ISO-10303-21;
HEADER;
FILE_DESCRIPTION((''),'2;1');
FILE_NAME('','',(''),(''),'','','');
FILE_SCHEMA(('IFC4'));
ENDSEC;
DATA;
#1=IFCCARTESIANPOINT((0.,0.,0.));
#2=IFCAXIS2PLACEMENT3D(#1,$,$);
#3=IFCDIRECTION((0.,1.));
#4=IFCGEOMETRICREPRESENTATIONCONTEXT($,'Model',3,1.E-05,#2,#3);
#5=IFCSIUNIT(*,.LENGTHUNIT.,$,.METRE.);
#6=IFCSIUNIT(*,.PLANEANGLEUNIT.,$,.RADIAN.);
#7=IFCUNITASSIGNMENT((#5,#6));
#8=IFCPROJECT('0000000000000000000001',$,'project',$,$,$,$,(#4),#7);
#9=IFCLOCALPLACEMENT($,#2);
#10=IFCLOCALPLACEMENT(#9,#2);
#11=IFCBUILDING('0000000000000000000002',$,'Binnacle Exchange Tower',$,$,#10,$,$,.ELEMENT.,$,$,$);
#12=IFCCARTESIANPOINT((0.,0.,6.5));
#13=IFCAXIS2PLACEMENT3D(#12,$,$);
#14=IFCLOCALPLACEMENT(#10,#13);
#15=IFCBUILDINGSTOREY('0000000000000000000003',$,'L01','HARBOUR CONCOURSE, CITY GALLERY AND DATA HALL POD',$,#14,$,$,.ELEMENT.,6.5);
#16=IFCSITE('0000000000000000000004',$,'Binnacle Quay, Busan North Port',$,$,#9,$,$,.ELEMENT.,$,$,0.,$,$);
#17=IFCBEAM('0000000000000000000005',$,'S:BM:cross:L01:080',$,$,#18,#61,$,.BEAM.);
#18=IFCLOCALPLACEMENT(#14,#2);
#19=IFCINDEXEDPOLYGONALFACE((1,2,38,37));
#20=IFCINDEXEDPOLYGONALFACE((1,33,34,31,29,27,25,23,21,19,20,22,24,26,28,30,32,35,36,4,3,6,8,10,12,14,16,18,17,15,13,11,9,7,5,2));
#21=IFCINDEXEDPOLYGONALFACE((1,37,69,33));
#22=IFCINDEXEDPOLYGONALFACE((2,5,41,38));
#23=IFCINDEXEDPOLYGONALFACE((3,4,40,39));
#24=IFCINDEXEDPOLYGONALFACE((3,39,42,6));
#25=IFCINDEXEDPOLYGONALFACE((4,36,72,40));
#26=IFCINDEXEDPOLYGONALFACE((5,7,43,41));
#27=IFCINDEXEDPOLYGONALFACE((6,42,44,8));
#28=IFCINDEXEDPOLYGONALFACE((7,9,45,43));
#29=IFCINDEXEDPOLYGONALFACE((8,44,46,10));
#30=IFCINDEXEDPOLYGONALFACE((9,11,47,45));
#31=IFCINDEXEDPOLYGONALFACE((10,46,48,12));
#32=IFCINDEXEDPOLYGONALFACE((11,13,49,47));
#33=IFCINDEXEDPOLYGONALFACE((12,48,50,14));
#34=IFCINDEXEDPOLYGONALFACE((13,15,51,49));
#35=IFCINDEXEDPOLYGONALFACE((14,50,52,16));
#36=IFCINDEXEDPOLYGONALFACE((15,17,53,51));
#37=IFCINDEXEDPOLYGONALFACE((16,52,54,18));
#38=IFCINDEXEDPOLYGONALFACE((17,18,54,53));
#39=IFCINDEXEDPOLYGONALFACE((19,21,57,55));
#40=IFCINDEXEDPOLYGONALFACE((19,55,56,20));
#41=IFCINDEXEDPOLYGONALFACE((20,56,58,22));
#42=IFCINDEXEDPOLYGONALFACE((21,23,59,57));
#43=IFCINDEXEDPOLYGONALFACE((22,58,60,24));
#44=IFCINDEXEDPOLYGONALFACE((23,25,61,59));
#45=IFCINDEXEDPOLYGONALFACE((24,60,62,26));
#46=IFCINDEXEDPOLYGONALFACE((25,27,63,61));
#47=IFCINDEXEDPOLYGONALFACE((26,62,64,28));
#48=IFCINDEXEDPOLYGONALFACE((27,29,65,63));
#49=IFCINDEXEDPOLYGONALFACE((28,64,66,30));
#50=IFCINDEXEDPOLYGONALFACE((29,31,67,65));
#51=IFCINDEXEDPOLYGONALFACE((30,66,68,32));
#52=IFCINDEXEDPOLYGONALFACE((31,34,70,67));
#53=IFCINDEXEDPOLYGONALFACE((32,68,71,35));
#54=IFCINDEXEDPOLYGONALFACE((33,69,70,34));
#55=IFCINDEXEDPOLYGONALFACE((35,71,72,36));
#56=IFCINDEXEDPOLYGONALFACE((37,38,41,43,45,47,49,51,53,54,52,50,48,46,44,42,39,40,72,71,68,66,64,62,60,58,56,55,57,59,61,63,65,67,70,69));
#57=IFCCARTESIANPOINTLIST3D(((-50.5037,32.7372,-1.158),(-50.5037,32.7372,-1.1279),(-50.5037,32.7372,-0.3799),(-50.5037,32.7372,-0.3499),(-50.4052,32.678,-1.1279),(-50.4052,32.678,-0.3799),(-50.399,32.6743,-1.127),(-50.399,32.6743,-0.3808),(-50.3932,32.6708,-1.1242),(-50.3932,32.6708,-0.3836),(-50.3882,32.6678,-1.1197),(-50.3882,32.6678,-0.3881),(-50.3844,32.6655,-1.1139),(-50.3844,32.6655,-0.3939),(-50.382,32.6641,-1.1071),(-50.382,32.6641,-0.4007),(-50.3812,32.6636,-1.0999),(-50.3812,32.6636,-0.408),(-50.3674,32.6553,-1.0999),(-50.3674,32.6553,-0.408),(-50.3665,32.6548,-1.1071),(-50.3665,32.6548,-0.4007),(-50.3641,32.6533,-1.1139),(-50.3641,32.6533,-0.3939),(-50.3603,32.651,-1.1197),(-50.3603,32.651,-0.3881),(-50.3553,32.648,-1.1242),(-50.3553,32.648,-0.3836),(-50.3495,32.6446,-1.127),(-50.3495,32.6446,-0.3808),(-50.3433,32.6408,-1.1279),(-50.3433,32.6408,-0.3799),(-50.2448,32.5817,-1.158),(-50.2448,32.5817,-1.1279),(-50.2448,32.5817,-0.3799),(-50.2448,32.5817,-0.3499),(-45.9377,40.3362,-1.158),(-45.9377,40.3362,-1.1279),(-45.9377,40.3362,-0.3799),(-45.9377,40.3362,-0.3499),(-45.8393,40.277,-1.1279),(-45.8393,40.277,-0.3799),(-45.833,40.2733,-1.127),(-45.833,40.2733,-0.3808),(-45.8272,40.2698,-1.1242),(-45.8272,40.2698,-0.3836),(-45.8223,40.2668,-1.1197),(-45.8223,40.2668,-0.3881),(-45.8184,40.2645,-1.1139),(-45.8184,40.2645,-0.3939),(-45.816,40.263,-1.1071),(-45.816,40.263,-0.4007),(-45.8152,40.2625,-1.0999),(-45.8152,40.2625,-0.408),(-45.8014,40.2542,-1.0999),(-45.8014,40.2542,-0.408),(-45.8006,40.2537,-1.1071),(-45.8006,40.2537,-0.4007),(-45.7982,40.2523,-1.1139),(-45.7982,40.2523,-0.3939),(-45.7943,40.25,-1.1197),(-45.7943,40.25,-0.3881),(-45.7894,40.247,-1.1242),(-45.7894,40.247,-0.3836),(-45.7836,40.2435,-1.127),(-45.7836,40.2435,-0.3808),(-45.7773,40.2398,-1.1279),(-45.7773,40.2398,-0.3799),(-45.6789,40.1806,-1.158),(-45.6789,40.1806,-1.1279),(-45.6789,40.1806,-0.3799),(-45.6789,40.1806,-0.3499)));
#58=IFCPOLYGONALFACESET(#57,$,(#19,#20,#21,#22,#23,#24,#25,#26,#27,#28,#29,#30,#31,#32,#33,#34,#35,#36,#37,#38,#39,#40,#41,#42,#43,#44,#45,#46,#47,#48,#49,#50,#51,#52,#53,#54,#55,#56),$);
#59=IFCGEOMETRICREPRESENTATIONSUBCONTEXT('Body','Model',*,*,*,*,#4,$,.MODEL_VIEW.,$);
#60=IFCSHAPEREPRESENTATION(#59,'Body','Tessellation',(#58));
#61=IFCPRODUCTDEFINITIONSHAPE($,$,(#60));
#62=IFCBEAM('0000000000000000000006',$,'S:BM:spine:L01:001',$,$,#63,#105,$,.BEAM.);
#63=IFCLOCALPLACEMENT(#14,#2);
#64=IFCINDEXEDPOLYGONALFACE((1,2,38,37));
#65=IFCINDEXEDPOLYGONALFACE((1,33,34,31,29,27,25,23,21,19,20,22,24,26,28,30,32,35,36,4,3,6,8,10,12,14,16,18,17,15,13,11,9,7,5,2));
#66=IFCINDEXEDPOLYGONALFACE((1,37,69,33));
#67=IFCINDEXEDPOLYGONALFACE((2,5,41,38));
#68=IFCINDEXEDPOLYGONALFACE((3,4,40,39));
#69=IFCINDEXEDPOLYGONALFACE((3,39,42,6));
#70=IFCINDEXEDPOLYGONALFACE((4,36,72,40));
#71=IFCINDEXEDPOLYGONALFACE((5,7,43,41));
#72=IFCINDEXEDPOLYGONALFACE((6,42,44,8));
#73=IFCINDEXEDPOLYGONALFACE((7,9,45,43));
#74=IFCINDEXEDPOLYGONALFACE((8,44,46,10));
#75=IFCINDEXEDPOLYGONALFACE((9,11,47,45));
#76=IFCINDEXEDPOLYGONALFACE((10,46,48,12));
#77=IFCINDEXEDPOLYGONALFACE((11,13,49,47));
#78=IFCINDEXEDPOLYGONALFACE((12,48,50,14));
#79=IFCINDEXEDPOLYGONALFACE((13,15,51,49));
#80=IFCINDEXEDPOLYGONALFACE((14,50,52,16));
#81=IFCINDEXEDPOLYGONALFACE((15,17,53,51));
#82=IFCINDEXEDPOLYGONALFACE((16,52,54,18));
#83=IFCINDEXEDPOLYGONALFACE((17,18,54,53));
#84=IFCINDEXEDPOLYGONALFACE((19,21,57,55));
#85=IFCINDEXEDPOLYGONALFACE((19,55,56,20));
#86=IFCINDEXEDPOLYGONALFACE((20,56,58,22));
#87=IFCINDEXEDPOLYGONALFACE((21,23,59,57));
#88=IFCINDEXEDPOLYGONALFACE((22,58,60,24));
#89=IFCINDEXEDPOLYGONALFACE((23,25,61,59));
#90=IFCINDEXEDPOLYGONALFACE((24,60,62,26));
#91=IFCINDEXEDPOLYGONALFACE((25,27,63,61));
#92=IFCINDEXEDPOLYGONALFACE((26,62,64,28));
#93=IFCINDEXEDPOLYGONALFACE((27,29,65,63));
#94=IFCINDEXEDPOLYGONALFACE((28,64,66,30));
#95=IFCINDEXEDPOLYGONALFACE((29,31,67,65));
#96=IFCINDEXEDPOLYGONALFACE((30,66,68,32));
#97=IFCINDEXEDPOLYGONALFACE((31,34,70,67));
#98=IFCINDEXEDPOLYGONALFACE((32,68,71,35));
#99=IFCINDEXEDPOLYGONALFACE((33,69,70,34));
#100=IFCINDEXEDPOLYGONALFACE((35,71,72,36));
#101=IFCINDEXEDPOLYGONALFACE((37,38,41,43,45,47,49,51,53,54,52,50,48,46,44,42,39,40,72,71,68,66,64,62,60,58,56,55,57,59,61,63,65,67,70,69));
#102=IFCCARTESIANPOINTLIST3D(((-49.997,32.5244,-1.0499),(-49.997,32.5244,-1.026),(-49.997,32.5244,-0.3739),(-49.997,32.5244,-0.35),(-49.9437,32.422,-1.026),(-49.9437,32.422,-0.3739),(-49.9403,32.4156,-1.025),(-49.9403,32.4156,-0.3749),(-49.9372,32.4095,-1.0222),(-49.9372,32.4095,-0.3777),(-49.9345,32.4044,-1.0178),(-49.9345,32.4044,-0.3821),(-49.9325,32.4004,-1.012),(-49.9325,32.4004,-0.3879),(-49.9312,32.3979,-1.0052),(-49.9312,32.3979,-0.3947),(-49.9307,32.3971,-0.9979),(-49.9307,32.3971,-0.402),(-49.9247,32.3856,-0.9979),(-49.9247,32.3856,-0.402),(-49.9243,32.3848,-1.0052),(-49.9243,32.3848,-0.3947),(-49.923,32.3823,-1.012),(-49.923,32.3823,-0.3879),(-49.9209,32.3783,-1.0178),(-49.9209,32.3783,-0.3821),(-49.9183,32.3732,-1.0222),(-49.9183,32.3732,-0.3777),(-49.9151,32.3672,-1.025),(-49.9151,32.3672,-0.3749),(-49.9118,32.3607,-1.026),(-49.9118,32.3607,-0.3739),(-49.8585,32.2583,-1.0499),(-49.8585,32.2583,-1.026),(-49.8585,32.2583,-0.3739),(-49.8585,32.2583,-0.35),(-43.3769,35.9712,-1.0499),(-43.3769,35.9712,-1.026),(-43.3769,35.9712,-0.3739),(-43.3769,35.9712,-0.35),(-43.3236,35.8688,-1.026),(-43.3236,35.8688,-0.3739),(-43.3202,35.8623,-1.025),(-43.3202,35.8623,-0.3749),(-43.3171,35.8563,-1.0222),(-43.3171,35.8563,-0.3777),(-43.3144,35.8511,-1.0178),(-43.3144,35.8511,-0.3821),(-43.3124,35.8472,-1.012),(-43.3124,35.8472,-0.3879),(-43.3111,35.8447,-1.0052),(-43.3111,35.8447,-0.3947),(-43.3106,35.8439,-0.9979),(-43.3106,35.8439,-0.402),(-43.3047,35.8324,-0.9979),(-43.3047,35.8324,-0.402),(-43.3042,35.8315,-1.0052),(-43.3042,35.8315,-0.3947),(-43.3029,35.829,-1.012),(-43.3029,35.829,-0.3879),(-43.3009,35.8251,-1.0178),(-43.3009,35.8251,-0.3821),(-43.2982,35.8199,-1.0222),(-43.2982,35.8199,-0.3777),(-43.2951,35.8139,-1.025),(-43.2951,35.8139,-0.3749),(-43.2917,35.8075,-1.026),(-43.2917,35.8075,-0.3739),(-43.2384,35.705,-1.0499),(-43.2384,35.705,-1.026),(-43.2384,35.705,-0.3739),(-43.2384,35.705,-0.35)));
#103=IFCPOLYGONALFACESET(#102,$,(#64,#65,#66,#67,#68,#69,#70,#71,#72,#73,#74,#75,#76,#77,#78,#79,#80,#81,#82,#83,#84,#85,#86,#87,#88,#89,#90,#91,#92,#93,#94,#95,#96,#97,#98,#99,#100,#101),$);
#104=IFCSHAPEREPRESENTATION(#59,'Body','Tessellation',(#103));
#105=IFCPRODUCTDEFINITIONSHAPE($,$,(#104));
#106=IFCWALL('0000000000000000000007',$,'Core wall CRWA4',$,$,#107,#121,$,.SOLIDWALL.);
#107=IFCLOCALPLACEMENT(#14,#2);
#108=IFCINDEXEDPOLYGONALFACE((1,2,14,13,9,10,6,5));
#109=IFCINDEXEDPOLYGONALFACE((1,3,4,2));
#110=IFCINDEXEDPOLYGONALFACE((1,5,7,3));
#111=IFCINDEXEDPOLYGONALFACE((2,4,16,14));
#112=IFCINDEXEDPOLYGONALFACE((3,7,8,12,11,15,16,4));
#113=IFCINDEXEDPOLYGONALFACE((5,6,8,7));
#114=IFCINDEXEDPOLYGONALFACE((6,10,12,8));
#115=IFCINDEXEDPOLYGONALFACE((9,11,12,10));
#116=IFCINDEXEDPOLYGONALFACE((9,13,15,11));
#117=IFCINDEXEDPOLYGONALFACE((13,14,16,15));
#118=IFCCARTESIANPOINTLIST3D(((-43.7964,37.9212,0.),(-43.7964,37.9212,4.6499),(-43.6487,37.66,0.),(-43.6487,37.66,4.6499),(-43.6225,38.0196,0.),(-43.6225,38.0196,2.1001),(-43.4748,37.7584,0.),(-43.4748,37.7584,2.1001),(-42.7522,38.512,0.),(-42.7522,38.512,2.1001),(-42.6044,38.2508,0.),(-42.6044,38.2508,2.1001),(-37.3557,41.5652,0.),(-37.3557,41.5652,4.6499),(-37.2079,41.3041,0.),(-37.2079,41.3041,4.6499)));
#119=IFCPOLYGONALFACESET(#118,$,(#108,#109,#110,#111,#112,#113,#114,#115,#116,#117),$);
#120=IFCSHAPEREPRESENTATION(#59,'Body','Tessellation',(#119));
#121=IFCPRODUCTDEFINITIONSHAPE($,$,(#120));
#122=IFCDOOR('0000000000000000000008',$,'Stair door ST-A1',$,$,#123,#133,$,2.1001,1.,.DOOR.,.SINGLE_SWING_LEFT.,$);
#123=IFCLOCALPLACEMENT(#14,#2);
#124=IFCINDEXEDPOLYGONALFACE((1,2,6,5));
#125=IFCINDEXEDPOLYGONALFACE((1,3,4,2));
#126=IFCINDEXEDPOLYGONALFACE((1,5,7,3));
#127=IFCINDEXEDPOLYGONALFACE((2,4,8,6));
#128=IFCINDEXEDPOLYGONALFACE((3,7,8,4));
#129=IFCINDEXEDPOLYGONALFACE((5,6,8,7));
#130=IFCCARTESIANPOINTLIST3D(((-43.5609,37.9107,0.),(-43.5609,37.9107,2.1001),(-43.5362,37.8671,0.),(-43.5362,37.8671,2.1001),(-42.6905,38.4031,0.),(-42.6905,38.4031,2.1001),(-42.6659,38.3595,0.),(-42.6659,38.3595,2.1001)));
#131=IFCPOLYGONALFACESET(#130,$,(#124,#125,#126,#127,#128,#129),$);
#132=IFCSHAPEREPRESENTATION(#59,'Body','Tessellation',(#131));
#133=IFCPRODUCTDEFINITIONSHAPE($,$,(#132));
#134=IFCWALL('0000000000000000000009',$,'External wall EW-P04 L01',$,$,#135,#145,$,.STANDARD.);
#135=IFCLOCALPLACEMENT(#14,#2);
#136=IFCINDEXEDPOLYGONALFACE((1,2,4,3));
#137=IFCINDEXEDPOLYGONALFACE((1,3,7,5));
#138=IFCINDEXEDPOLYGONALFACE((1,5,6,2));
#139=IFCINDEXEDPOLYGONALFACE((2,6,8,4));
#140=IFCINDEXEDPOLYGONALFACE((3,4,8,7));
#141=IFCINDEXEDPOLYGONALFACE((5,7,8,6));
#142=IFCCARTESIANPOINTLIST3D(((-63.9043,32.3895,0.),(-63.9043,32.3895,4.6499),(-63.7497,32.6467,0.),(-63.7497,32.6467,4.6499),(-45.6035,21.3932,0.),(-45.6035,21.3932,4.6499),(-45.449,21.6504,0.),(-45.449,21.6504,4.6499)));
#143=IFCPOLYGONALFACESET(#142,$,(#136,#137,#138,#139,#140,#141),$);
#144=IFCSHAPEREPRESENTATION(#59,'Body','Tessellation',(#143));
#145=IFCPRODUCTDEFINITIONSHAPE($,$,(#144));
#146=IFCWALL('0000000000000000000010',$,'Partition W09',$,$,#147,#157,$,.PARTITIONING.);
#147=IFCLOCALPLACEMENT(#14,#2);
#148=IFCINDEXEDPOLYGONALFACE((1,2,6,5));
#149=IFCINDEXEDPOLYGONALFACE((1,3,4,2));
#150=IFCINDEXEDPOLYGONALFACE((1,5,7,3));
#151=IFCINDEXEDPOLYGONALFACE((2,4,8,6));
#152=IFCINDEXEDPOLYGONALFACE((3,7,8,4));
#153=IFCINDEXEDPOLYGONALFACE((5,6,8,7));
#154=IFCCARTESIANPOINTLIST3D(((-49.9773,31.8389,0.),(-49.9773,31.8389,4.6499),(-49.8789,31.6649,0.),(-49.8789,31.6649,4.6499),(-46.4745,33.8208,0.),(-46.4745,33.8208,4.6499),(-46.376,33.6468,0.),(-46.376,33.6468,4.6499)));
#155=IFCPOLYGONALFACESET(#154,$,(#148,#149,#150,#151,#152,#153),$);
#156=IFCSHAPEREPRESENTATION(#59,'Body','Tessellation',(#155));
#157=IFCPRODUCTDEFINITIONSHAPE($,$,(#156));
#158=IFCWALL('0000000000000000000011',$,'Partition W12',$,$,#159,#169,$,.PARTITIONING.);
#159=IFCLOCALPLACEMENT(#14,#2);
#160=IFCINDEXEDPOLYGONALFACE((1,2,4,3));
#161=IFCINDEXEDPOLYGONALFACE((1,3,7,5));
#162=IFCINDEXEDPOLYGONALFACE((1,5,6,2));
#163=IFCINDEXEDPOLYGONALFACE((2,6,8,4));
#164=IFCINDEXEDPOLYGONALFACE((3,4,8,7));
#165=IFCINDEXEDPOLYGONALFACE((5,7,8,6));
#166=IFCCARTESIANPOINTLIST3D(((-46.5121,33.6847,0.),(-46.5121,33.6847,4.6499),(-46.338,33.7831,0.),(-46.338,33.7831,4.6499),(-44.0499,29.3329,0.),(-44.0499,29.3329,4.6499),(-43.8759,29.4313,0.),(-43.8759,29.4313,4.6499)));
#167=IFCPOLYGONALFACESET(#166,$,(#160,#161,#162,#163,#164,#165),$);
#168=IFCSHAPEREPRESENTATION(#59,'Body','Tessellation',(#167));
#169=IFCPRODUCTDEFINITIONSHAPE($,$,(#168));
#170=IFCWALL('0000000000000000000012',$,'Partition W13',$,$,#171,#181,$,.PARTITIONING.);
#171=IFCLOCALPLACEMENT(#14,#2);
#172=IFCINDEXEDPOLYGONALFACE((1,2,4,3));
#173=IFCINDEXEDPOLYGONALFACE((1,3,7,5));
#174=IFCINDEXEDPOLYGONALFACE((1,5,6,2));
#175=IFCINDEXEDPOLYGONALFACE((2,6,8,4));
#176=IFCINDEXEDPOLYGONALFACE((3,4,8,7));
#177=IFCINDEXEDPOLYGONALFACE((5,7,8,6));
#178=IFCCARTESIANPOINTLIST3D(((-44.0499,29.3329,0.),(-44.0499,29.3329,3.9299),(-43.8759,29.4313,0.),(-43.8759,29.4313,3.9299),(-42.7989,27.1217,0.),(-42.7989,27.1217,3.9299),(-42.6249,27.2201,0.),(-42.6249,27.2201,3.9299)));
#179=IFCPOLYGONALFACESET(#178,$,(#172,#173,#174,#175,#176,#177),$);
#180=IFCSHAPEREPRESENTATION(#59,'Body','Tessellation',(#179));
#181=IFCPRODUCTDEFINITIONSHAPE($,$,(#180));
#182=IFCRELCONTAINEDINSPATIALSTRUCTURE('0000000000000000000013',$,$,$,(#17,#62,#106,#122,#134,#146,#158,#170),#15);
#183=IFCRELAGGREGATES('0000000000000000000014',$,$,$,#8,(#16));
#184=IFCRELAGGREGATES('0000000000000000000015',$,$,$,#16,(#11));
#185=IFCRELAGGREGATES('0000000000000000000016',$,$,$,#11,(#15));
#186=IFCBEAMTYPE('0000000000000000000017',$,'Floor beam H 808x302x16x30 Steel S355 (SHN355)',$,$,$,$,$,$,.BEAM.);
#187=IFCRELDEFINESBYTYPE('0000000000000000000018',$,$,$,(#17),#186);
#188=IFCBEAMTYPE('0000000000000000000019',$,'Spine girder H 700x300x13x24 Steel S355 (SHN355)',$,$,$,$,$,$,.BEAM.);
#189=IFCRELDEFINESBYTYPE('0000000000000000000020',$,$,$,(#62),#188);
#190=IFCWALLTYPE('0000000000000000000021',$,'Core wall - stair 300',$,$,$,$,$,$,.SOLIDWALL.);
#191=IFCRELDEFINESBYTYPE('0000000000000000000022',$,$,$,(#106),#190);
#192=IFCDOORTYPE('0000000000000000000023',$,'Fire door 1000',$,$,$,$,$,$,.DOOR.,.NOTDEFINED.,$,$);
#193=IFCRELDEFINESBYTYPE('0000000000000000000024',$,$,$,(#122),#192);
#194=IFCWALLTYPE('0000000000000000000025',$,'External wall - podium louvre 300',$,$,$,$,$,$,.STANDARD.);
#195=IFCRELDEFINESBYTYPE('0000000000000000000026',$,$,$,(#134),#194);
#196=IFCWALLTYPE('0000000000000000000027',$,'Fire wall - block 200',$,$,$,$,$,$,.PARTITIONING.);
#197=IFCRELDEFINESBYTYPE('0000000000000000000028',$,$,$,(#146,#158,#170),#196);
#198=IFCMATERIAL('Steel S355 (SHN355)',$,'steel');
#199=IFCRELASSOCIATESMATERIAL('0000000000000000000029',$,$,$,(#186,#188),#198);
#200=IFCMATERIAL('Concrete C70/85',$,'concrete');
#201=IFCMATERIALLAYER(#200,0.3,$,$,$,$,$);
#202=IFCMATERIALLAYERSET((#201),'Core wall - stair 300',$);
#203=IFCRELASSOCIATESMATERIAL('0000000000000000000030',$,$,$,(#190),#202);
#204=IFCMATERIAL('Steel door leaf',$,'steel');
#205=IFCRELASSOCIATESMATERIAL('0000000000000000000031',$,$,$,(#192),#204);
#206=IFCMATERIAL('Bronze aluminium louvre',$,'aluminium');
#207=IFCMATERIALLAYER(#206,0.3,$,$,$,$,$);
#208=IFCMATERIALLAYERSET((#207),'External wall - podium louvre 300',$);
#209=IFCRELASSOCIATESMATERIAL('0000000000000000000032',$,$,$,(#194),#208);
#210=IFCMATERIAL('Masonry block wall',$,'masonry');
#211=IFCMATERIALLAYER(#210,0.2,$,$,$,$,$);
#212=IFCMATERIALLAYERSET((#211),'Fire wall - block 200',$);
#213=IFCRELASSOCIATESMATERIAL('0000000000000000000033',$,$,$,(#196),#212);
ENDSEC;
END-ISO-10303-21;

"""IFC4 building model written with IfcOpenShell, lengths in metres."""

from ifc_helpers import new_model, si_unit, direction, frame, frame_2d, origin, origin_2d, place, context, subcontext, project, spatial, rectangle, i_section, extrude, material, layer, layer_set, material_profile, profile_set, type_object, element, fill, save


model = new_model("IFC4")

# Units and contexts
model_context = context("Model", 3, precision=1e-05, world=origin(), true_north=direction((0.0, 1.0)))
body_context = subcontext(model_context, "Body", "Model", "MODEL_VIEW")
ifc_project = project(units=[si_unit("LENGTHUNIT", "METRE"), si_unit("PLANEANGLEUNIT", "RADIAN")], contexts=[model_context])

# Site, building, storey
site_placement = place(None, origin())
site = spatial("IfcSite", under=ifc_project, at=site_placement, Name="Binnacle Quay, Busan North Port", CompositionType="ELEMENT", RefElevation=0.0)
building_placement = place(site_placement, origin())
building = spatial("IfcBuilding", under=site, at=building_placement, Name="Binnacle Exchange Tower", CompositionType="ELEMENT")
storey_placement = place(building_placement, frame((0.0, 0.0, 6.5)))
storey = spatial("IfcBuildingStorey", under=building, at=storey_placement, Name="L01", Description="HARBOUR CONCOURSE, CITY GALLERY AND DATA HALL POD", CompositionType="ELEMENT", Elevation=6.5)

# Shared definitions
ifc_material_1 = material(Name="Concrete C70/85", Category="concrete")

# Beams
ifc_material_2 = material(Name="Steel S355 (SHN355)", Category="steel")
ifc_material_profile_1 = material_profile(ifc_material_2, i_section(OverallWidth=0.302, OverallDepth=0.8081, WebThickness=0.0161, FlangeThickness=0.03, FilletRadius=0.0281, at=origin_2d()), Name="H 808x302x16x30")
ifc_profile_set_1 = profile_set([ifc_material_profile_1], Name="Steel S355 (SHN355)")
beam_type_1 = type_object("IfcBeamType", Name="Floor beam H 808x302x16x30 Steel S355 (SHN355)", PredefinedType="BEAM", material=ifc_profile_set_1)
beam_1_placement = place(storey_placement, frame((-50.3743, 32.6594, -0.7539), z_axis=(0.515042, 0.857165, 0.0), x_axis=(-0.857165, 0.515042, 0.0)))
element("IfcBeam", 1, at=beam_1_placement, inside=storey, type_object=beam_type_1, Name="S:BM:cross:L01:080", PredefinedType="BEAM", context=body_context, shape_type="SweptSolid", body=[
    extrude(i_section(OverallWidth=0.302, OverallDepth=0.8081, WebThickness=0.0161, FlangeThickness=0.03, FilletRadius=0.0281, at=origin_2d()), origin(), (0.0, 0.0, 1.0), 8.8652),
])
ifc_material_profile_2 = material_profile(ifc_material_2, i_section(OverallWidth=0.3, OverallDepth=0.7, WebThickness=0.0129, FlangeThickness=0.0239, FilletRadius=0.0281, at=origin_2d()), Name="H 700x300x13x24")
ifc_profile_set_2 = profile_set([ifc_material_profile_2], Name="Steel S355 (SHN355)")
beam_type_2 = type_object("IfcBeamType", Name="Spine girder H 700x300x13x24 Steel S355 (SHN355)", PredefinedType="BEAM", material=ifc_profile_set_2)
beam_2_placement = place(storey_placement, frame((-49.9277, 32.3914, -0.7), z_axis=(0.88698, 0.461808, 0.0), x_axis=(-0.461808, 0.88698, 0.0)))
element("IfcBeam", 2, at=beam_2_placement, inside=storey, type_object=beam_type_2, Name="S:BM:spine:L01:001", PredefinedType="BEAM", context=body_context, shape_type="SweptSolid", body=[
    extrude(i_section(OverallWidth=0.3, OverallDepth=0.7, WebThickness=0.0129, FlangeThickness=0.0239, FilletRadius=0.0281, at=origin_2d()), origin(), (0.0, 0.0, 1.0), 7.4636),
])

# Wall, opening, door
ifc_layer_1 = layer(ifc_material_1, 0.3)
ifc_layer_set_1 = layer_set([ifc_layer_1], Name="Core wall - stair 300")
wall_type_1 = type_object("IfcWallType", Name="Core wall - stair 300", PredefinedType="SOLIDWALL", material=ifc_layer_set_1)
wall_1_placement = place(storey_placement, frame((-43.7227, 37.7905, 0.0), z_axis=(0.0, 0.0, 1.0), x_axis=(0.870351, 0.492432, 0.0)))
wall_1 = element("IfcWall", 3, at=wall_1_placement, inside=storey, type_object=wall_type_1, Name="Core wall CRWA4", PredefinedType="SOLIDWALL", context=body_context, shape_type="SweptSolid", body=[
    extrude(rectangle(XDim=7.4001, YDim=0.3, at=frame_2d((3.7002, 0.0))), origin(), (0.0, 0.0, 1.0), 4.6499),
])
opening_1_placement = place(wall_1_placement, frame((0.2, 0.0, 0.0)))
opening_1 = element("IfcOpeningElement", 4, at=opening_1_placement, cuts=wall_1, PredefinedType="OPENING", context=body_context, shape_type="SweptSolid", body=[
    extrude(rectangle(XDim=1.0, YDim=2.1001, at=frame_2d((0.5, 1.05))), frame((0.0, 0.1599, 0.0), z_axis=(0.0, -1.0, 0.0), x_axis=(1.0, 0.0, 0.0)), (0.0, 0.0, 1.0), 0.3201),
])
ifc_material_3 = material(Name="Steel door leaf", Category="steel")
door_type_1 = type_object("IfcDoorType", Name="Fire door 1000", OperationType="NOTDEFINED", PredefinedType="DOOR", material=ifc_material_3)
door_1_placement = place(opening_1_placement, origin())
door_1 = element("IfcDoor", 5, at=door_1_placement, inside=storey, type_object=door_type_1, Name="Stair door ST-A1", OperationType="SINGLE_SWING_LEFT", OverallHeight=2.1001, OverallWidth=1.0, PredefinedType="DOOR", context=body_context, shape_type="SweptSolid", body=[
    extrude(rectangle(XDim=1.0, YDim=2.1001, at=frame_2d((0.5, 1.05))), frame((0.0, 0.0249, 0.0), z_axis=(0.0, -1.0, 0.0), x_axis=(1.0, 0.0, 0.0)), (0.0, 0.0, 1.0), 0.05),
])
fill(opening_1, door_1)

# Walls
ifc_material_4 = material(Name="Bronze aluminium louvre", Category="aluminium")
ifc_layer_2 = layer(ifc_material_4, 0.3)
ifc_layer_set_2 = layer_set([ifc_layer_2], Name="External wall - podium louvre 300")
wall_type_2 = type_object("IfcWallType", Name="External wall - podium louvre 300", PredefinedType="STANDARD", material=ifc_layer_set_2)
wall_2_placement = place(storey_placement, frame((-45.5261, 21.5217, 0.0), z_axis=(0.0, 0.0, 1.0), x_axis=(-0.857165, 0.515042, 0.0)))
element("IfcWall", 6, at=wall_2_placement, inside=storey, type_object=wall_type_2, Name="External wall EW-P04 L01", PredefinedType="STANDARD", context=body_context, shape_type="SweptSolid", body=[
    extrude(rectangle(XDim=21.3503, YDim=0.3, at=frame_2d((10.6753, 0.0))), origin(), (0.0, 0.0, 1.0), 4.6499),
])
ifc_material_5 = material(Name="Masonry block wall", Category="masonry")
ifc_layer_3 = layer(ifc_material_5, 0.2)
ifc_layer_set_3 = layer_set([ifc_layer_3], Name="Fire wall - block 200")
wall_type_3 = type_object("IfcWallType", Name="Fire wall - block 200", PredefinedType="PARTITIONING", material=ifc_layer_set_3)
wall_3_placement = place(storey_placement, frame((-49.928, 31.752, 0.0), z_axis=(0.0, 0.0, 1.0), x_axis=(0.870348, 0.492437, 0.0)))
element("IfcWall", 7, at=wall_3_placement, inside=storey, type_object=wall_type_3, Name="Partition W09", PredefinedType="PARTITIONING", context=body_context, shape_type="SweptSolid", body=[
    extrude(rectangle(XDim=4.0247, YDim=0.2, at=frame_2d((2.0122, 0.0))), origin(), (0.0, 0.0, 1.0), 4.6499),
])
wall_4_placement = place(storey_placement, frame((-46.425, 33.7339, 0.0), z_axis=(0.0, 0.0, 1.0), x_axis=(0.492427, -0.870354, 0.0)))
element("IfcWall", 8, at=wall_4_placement, inside=storey, type_object=wall_type_3, Name="Partition W12", PredefinedType="PARTITIONING", context=body_context, shape_type="SweptSolid", body=[
    extrude(rectangle(XDim=5.0, YDim=0.2, at=frame_2d((2.5, 0.0))), origin(), (0.0, 0.0, 1.0), 4.6499),
])
wall_5_placement = place(storey_placement, frame((-43.9629, 29.3821, 0.0), z_axis=(0.0, 0.0, 1.0), x_axis=(0.492409, -0.870364, 0.0)))
element("IfcWall", 9, at=wall_5_placement, inside=storey, type_object=wall_type_3, Name="Partition W13", PredefinedType="PARTITIONING", context=body_context, shape_type="SweptSolid", body=[
    extrude(rectangle(XDim=2.5405, YDim=0.2, at=frame_2d((1.2703, 0.0))), origin(), (0.0, 0.0, 1.0), 3.9299),
])

save(model, "model.ifc")
